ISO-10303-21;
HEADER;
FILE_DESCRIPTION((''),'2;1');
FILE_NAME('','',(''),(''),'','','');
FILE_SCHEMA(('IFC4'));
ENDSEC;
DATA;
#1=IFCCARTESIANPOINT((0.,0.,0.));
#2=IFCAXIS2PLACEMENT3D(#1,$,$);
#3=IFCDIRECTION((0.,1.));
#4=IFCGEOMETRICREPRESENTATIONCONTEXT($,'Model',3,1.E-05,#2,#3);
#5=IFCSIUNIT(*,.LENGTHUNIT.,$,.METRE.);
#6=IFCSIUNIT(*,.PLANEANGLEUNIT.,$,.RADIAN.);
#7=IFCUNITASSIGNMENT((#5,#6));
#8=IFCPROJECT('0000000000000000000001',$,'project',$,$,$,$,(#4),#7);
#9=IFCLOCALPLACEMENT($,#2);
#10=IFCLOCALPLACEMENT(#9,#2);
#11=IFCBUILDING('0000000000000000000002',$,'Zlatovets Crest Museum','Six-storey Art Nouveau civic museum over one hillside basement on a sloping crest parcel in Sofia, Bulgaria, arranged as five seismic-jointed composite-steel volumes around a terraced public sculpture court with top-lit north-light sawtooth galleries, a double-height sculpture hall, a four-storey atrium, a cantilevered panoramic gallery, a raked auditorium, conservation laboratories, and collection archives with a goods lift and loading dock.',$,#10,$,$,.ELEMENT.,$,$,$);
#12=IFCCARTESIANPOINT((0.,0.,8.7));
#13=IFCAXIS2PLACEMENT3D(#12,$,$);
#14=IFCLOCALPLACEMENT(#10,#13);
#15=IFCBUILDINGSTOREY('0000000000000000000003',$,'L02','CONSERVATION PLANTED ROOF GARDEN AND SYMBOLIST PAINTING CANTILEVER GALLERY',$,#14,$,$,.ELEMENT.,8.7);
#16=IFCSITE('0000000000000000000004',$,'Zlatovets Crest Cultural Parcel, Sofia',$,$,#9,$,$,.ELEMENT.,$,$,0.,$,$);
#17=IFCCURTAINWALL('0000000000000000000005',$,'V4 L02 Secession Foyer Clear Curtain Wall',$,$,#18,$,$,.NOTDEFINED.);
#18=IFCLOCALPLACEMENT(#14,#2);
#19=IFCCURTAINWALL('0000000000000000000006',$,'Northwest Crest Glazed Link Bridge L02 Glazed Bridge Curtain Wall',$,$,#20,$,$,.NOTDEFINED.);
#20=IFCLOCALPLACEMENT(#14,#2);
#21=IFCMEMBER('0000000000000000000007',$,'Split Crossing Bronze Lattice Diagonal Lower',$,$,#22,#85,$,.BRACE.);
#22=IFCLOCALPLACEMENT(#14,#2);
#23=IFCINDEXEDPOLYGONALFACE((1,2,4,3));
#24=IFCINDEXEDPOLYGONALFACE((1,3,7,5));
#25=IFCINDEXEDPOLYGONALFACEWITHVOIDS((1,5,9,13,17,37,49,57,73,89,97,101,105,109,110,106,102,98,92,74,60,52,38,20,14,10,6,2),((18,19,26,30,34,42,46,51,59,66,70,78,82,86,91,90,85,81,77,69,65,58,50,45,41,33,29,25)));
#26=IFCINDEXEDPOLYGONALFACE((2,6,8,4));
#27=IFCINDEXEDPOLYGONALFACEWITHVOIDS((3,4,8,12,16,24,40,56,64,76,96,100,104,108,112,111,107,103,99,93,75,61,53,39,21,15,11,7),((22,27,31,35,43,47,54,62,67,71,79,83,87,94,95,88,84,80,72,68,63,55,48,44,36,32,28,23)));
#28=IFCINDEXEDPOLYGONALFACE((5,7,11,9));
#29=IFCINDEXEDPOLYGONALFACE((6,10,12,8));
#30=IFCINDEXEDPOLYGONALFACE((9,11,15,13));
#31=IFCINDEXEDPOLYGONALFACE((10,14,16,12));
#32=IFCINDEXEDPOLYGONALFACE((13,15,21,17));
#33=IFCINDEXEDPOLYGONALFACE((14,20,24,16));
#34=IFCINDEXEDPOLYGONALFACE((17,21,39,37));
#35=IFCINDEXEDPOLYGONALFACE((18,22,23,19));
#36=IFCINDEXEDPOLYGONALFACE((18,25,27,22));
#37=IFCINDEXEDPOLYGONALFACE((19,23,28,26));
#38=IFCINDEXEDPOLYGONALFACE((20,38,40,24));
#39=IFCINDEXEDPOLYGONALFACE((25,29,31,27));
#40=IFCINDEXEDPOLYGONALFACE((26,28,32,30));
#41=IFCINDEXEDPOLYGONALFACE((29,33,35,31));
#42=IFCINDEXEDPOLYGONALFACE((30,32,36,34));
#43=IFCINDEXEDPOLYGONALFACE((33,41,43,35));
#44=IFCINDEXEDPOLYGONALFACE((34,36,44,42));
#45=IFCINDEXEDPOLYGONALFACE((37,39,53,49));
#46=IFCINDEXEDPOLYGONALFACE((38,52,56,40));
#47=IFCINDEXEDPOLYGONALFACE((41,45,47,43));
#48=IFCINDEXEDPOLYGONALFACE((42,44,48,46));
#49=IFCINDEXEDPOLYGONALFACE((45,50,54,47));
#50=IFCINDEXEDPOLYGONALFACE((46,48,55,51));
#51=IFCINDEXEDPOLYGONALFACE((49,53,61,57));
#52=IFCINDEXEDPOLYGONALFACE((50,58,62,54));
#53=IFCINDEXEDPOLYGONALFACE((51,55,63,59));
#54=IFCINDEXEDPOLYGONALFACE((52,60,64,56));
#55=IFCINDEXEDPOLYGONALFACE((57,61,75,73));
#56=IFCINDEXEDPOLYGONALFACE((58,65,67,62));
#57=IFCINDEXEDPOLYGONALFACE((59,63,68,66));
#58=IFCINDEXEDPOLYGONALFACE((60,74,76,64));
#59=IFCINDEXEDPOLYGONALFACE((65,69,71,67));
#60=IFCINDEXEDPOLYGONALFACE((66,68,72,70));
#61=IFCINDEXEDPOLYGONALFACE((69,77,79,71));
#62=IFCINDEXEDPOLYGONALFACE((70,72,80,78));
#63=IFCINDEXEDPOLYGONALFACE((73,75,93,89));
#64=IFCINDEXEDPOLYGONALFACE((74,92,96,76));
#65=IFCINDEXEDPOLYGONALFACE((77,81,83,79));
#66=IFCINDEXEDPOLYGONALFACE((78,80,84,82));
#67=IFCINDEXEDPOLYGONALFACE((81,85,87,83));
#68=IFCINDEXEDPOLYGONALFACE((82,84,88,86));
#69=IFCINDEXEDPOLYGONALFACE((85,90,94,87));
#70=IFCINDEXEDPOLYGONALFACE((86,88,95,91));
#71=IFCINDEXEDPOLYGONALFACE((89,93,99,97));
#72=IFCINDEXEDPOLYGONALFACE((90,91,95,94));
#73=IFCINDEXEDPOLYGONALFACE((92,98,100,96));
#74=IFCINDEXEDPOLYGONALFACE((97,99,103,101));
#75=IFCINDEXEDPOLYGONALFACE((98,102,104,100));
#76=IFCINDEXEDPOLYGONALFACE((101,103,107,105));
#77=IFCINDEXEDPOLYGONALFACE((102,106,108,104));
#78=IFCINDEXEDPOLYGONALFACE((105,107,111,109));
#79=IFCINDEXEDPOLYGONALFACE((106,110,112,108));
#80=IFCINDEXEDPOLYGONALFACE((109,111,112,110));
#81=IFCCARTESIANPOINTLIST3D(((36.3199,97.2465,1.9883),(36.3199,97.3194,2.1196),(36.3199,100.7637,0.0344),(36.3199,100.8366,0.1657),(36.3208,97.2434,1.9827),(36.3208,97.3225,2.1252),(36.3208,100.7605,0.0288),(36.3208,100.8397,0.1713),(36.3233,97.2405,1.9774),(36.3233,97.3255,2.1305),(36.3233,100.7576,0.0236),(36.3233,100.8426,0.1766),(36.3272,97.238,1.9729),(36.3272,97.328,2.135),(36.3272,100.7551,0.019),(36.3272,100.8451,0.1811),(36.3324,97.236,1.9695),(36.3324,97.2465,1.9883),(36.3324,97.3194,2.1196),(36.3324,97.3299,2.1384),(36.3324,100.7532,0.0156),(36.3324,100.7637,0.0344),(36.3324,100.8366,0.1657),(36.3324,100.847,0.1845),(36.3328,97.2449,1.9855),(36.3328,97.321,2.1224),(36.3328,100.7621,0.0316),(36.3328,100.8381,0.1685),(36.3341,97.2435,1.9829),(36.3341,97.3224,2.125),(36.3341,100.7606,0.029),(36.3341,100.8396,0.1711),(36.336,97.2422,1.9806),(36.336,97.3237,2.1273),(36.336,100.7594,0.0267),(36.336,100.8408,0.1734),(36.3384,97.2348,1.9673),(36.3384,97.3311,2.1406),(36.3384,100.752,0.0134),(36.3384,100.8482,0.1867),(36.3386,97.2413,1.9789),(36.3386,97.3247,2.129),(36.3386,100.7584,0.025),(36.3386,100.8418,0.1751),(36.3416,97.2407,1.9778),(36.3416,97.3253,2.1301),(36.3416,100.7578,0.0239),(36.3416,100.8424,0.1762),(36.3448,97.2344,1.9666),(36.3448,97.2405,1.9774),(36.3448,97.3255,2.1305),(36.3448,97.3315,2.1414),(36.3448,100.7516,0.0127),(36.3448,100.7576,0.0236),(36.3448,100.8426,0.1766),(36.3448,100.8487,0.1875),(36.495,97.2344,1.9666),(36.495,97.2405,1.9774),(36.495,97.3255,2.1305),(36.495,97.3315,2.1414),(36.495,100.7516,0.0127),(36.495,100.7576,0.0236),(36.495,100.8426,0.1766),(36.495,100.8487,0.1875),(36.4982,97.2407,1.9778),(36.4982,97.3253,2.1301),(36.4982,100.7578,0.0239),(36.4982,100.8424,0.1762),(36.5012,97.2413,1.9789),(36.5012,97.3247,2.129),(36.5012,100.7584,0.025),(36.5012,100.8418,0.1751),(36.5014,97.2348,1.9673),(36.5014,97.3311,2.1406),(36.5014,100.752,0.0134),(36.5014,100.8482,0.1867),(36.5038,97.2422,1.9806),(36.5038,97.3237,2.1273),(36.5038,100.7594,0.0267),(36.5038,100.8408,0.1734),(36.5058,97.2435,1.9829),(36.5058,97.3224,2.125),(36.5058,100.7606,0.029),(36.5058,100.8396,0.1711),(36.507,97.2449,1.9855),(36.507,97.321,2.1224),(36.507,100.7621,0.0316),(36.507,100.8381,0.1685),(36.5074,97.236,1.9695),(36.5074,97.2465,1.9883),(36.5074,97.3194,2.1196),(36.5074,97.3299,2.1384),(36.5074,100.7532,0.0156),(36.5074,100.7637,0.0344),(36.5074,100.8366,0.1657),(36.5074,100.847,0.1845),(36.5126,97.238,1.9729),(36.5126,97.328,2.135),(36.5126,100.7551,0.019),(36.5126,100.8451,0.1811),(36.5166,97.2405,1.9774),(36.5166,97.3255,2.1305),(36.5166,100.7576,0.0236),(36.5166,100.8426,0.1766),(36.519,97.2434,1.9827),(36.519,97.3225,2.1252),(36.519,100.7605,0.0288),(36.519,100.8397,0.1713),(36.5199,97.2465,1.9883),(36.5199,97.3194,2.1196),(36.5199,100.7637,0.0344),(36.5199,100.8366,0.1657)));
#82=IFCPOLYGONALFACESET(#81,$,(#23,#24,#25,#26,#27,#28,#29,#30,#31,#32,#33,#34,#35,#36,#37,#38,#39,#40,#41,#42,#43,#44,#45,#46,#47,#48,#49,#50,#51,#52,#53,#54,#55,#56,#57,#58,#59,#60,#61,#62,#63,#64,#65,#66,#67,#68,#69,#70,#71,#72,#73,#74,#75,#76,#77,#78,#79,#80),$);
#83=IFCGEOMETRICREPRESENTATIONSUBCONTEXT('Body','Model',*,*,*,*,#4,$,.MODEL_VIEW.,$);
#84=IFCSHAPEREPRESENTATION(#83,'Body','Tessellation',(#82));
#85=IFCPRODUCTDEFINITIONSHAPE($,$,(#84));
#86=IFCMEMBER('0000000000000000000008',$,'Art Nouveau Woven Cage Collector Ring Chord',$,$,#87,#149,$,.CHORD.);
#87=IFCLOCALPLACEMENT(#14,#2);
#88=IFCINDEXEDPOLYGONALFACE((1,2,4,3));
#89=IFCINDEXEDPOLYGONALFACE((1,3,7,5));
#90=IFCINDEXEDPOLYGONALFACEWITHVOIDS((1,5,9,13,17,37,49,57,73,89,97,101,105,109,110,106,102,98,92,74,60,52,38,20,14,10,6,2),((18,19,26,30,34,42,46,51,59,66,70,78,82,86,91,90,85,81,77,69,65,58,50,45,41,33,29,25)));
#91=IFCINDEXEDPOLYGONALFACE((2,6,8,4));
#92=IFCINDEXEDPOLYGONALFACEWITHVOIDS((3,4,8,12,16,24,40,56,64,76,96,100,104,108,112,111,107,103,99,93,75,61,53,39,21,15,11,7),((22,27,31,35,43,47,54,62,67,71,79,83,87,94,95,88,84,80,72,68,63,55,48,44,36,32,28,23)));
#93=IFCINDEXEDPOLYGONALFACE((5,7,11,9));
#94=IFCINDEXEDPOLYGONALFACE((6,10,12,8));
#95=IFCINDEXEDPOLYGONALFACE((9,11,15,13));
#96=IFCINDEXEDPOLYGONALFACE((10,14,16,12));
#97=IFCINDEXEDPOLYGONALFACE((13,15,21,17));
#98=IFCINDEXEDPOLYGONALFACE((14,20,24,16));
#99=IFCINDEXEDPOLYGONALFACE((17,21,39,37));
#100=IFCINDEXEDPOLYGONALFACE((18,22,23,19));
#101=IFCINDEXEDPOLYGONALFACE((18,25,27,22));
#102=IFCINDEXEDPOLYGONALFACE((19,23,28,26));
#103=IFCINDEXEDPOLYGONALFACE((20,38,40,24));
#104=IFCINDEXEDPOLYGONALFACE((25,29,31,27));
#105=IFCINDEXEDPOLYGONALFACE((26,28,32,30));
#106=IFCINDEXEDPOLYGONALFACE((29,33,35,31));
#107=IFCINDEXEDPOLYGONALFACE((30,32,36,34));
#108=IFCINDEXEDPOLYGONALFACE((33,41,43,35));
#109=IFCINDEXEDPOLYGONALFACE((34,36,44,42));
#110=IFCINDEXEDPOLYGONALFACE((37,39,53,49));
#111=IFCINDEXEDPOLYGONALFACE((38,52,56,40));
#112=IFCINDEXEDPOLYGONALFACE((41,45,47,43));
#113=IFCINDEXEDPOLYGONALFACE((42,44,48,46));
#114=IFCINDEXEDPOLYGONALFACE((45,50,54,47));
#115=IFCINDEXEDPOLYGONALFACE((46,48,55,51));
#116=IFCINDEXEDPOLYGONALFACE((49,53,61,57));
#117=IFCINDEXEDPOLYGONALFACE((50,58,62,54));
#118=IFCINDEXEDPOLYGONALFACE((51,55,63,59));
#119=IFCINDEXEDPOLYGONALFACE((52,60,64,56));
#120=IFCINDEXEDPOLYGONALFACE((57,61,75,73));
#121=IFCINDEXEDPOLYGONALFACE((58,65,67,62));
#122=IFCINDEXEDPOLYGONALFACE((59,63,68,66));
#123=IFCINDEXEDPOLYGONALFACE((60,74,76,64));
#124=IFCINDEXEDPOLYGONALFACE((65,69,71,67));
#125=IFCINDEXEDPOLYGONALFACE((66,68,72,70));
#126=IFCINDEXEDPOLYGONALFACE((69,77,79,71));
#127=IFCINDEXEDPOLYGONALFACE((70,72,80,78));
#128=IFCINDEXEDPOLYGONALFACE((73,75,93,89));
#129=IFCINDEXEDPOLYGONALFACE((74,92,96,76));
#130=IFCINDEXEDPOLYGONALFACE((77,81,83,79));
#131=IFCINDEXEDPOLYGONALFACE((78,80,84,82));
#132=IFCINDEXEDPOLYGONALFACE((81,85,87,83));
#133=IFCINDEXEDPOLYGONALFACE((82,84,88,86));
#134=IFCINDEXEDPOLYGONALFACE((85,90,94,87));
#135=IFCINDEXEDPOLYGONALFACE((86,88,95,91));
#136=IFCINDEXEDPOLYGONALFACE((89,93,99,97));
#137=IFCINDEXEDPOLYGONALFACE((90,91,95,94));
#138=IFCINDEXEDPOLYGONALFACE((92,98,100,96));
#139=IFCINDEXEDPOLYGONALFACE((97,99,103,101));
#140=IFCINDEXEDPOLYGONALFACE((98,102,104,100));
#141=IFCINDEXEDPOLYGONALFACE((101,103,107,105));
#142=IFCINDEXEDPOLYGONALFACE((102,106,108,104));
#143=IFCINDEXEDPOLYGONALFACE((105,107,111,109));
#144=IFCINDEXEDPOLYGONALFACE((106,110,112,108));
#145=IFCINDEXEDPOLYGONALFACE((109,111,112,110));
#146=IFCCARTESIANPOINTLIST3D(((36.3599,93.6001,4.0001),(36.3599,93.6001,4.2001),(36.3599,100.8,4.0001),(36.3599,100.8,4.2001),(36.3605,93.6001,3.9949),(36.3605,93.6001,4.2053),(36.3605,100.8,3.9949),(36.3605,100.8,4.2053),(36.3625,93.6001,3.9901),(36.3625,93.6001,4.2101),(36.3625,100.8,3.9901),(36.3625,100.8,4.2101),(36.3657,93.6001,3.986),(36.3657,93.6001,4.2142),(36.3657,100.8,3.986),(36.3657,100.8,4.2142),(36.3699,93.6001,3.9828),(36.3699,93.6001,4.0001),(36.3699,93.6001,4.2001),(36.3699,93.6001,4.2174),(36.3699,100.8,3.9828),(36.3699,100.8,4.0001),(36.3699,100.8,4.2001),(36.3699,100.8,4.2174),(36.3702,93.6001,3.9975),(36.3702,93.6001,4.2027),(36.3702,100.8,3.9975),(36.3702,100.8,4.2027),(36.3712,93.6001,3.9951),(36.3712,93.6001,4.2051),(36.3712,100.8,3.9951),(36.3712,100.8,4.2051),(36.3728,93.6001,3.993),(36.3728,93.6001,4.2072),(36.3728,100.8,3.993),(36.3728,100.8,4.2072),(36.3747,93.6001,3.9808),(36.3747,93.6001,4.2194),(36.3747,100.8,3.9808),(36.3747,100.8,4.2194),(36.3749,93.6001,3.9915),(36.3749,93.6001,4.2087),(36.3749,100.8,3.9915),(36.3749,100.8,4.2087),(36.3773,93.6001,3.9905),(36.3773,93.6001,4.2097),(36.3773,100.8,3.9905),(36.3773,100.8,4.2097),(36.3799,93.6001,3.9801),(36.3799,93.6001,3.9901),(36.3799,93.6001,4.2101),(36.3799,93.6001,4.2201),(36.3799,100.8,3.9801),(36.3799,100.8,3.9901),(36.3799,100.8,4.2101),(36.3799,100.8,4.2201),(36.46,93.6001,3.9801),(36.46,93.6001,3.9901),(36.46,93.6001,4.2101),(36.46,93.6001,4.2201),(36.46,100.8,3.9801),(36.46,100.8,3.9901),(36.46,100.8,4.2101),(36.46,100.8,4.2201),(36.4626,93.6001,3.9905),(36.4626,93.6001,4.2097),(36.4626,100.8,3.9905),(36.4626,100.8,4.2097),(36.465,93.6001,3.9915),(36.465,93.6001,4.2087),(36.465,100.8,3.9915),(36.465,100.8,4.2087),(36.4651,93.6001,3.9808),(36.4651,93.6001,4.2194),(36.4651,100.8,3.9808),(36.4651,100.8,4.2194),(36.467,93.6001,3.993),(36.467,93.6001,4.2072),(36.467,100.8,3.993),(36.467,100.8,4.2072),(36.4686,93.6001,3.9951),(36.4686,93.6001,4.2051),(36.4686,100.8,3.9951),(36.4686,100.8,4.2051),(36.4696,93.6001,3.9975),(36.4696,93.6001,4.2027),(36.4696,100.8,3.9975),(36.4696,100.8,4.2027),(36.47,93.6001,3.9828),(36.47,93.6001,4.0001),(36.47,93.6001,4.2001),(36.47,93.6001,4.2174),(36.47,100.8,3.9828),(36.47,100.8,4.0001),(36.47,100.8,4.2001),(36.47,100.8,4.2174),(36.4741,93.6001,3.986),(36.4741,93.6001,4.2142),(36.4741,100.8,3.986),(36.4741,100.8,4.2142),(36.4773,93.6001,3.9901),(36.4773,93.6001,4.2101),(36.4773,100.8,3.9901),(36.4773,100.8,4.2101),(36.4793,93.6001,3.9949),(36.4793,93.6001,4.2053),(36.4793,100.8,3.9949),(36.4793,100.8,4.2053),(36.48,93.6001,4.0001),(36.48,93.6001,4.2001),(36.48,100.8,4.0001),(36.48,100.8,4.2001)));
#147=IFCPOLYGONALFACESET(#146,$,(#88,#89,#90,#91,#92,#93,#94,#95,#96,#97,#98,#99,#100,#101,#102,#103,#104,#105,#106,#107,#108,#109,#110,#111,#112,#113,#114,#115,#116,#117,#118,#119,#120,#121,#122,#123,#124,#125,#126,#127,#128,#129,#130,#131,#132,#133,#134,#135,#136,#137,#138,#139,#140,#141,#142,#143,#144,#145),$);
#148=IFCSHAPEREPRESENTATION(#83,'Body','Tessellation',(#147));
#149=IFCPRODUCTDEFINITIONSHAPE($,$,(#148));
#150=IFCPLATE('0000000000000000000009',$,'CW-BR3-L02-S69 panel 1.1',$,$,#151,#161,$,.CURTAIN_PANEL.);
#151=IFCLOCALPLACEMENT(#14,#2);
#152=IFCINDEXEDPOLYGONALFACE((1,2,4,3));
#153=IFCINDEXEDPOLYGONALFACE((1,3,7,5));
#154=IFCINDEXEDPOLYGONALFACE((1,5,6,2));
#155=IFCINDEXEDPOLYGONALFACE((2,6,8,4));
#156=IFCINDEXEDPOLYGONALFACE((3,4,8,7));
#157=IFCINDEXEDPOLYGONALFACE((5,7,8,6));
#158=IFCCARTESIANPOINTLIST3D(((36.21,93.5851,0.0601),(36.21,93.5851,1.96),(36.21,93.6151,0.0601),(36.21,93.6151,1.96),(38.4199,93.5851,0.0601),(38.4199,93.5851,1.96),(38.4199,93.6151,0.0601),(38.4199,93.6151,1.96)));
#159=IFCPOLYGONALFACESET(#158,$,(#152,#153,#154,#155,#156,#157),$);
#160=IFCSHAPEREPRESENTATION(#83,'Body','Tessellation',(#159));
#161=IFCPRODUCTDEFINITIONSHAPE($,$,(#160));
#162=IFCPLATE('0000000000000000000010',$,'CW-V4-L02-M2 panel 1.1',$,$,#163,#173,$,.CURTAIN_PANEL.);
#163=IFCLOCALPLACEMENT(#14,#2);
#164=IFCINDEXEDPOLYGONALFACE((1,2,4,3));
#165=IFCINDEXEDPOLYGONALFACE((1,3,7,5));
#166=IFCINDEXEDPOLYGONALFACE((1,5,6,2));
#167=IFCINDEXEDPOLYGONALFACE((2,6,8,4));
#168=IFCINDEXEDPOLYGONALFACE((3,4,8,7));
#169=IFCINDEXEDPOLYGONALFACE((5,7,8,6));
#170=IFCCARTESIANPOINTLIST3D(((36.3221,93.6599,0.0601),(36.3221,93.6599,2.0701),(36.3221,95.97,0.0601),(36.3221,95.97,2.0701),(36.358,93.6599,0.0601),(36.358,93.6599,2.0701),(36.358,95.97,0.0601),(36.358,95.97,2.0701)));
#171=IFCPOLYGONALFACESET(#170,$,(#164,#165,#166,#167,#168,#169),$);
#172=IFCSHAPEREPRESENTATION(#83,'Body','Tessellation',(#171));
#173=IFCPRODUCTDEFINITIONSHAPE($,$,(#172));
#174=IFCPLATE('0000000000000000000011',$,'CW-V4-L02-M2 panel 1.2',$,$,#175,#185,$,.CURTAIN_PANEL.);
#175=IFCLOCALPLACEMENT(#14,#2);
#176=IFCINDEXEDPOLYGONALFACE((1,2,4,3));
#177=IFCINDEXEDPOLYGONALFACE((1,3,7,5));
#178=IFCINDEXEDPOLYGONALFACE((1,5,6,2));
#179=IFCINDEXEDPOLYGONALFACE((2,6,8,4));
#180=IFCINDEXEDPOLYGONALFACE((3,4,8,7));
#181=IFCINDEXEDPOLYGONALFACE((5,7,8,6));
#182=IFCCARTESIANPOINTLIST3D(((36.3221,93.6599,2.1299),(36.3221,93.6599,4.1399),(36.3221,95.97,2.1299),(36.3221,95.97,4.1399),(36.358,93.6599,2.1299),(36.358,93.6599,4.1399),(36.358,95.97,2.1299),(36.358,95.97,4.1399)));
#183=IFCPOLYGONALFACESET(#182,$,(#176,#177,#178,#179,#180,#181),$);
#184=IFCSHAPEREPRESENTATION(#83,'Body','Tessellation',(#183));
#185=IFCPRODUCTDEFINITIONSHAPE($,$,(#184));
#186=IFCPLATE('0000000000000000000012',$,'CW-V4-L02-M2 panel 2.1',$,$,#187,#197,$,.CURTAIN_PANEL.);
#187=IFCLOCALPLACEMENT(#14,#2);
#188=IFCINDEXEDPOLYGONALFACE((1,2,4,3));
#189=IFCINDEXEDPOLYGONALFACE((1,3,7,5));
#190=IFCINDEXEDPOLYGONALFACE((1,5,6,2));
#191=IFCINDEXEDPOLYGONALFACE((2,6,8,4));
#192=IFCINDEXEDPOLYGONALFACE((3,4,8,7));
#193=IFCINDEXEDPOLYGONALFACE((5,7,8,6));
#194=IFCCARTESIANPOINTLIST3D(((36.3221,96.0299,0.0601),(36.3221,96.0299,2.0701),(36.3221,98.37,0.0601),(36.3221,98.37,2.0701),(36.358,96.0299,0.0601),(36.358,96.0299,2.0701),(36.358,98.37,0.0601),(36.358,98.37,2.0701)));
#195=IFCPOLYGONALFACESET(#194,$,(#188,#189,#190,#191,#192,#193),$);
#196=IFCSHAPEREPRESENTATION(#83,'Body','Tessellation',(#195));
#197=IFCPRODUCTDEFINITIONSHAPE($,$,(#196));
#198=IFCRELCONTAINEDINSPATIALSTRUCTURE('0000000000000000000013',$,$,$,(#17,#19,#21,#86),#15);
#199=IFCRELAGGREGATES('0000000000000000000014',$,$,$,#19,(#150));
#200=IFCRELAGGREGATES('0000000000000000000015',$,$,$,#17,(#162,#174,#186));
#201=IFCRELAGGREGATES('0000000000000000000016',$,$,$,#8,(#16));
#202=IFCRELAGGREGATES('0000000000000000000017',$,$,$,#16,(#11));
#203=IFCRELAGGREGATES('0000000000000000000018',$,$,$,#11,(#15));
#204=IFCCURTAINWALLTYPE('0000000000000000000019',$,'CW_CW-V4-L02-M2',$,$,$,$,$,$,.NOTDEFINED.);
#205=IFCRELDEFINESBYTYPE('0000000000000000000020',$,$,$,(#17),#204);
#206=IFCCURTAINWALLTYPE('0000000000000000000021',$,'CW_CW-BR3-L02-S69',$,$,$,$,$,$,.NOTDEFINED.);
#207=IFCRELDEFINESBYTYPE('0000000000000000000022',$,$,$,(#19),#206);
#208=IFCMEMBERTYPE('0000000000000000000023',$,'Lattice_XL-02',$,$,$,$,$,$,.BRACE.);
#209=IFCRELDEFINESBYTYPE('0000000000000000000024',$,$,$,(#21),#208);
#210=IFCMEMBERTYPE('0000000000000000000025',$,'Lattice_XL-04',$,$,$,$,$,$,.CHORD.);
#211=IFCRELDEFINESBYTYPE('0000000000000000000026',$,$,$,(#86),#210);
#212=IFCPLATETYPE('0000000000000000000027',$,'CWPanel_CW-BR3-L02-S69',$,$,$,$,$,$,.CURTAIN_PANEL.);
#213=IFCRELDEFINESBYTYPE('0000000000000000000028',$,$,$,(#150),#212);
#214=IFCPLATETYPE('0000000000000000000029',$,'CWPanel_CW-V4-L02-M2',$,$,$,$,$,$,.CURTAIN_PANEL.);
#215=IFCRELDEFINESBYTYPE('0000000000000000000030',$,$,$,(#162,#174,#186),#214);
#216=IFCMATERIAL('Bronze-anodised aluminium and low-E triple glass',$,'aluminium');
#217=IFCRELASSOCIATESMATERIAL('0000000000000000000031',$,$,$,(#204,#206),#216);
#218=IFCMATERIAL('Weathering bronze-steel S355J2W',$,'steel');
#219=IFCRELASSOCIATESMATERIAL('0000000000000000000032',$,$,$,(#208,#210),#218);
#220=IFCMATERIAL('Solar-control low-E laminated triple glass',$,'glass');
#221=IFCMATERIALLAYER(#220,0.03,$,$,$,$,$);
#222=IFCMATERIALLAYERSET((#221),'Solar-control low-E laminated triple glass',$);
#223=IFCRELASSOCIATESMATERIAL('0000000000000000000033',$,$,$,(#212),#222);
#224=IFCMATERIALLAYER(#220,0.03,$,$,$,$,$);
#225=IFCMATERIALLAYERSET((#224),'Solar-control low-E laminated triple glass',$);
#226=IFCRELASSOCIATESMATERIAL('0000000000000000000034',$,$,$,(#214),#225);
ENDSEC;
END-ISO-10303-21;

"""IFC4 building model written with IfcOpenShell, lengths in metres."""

from ifc_helpers import new_model, si_unit, direction, frame, origin, origin_2d, place, context, subcontext, project, spatial, rectangle, hollow_rectangle, extrude, material, layer, layer_set, material_profile, profile_set, type_object, element, aggregate, save


model = new_model("IFC4")

# Units and contexts
model_context = context("Model", 3, precision=1e-05, world=origin(), true_north=direction((0.0, 1.0)))
body_context = subcontext(model_context, "Body", "Model", "MODEL_VIEW")
ifc_project = project(units=[si_unit("LENGTHUNIT", "METRE"), si_unit("PLANEANGLEUNIT", "RADIAN")], contexts=[model_context])

# Site, building, storey
site_placement = place(None, origin())
site = spatial("IfcSite", under=ifc_project, at=site_placement, Name="Zlatovets Crest Cultural Parcel, Sofia", CompositionType="ELEMENT", RefElevation=0.0)
building_placement = place(site_placement, origin())
building = spatial("IfcBuilding", under=site, at=building_placement, Name="Zlatovets Crest Museum", Description="Six-storey Art Nouveau civic museum over one hillside basement on a sloping crest parcel in Sofia, Bulgaria, arranged as five seismic-jointed composite-steel volumes around a terraced public sculpture court with top-lit north-light sawtooth galleries, a double-height sculpture hall, a four-storey atrium, a cantilevered panoramic gallery, a raked auditorium, conservation laboratories, and collection archives with a goods lift and loading dock.", CompositionType="ELEMENT")
storey_placement = place(building_placement, frame((0.0, 0.0, 8.7)))
storey = spatial("IfcBuildingStorey", under=building, at=storey_placement, Name="L02", Description="CONSERVATION PLANTED ROOF GARDEN AND SYMBOLIST PAINTING CANTILEVER GALLERY", CompositionType="ELEMENT", Elevation=8.7)

# Curtain wall
ifc_material_1 = material(Name="Bronze-anodised aluminium and low-E triple glass", Category="aluminium")
curtain_wall_type_1 = type_object("IfcCurtainWallType", Name="CW_CW-V4-L02-M2", PredefinedType="NOTDEFINED", material=ifc_material_1)
curtain_wall_1_placement = place(storey_placement, origin())
curtain_wall_1 = element("IfcCurtainWall", 1, at=curtain_wall_1_placement, inside=storey, type_object=curtain_wall_type_1, Name="V4 L02 Secession Foyer Clear Curtain Wall", PredefinedType="NOTDEFINED")

# Curtain wall
curtain_wall_type_2 = type_object("IfcCurtainWallType", Name="CW_CW-BR3-L02-S69", PredefinedType="NOTDEFINED", material=ifc_material_1)
curtain_wall_2_placement = place(storey_placement, origin())
curtain_wall_2 = element("IfcCurtainWall", 2, at=curtain_wall_2_placement, inside=storey, type_object=curtain_wall_type_2, Name="Northwest Crest Glazed Link Bridge L02 Glazed Bridge Curtain Wall", PredefinedType="NOTDEFINED")

# Members
ifc_material_2 = material(Name="Weathering bronze-steel S355J2W", Category="steel")
ifc_material_profile_1 = material_profile(ifc_material_2, hollow_rectangle(XDim=0.2, YDim=0.2, WallThickness=0.0125, InnerFilletRadius=0.0125, OuterFilletRadius=0.0249, at=origin_2d()), Name="SHS 200x200x12.5")
ifc_profile_set_1 = profile_set([ifc_material_profile_1], Name="Weathering bronze-steel S355J2W")
member_type_1 = type_object("IfcMemberType", Name="Lattice_XL-02", PredefinedType="BRACE", material=ifc_profile_set_1)
member_1_placement = place(storey_placement, frame((36.4199, 97.283, 2.054), z_axis=(0.0, 0.874166, -0.485627), x_axis=(-1.0, 0.0, 0.0)))
element("IfcMember", 3, at=member_1_placement, inside=storey, type_object=member_type_1, Name="Split Crossing Bronze Lattice Diagonal Lower", PredefinedType="BRACE", context=body_context, shape_type="SweptSolid", body=[
    extrude(hollow_rectangle(XDim=0.2, YDim=0.2, WallThickness=0.0125, InnerFilletRadius=0.0125, OuterFilletRadius=0.0249, at=origin_2d()), origin(), (0.0, 0.0, 1.0), 4.0234),
])
ifc_material_profile_2 = material_profile(ifc_material_2, hollow_rectangle(XDim=0.1201, YDim=0.24, WallThickness=0.01, InnerFilletRadius=0.01, OuterFilletRadius=0.02, at=origin_2d()), Name="RHS 120x240x10.0")
ifc_profile_set_2 = profile_set([ifc_material_profile_2], Name="Weathering bronze-steel S355J2W")
member_type_2 = type_object("IfcMemberType", Name="Lattice_XL-04", PredefinedType="CHORD", material=ifc_profile_set_2)
member_2_placement = place(storey_placement, frame((36.4199, 93.6001, 4.1001), z_axis=(0.0, 1.0, 0.0), x_axis=(-1.0, 0.0, 0.0)))
element("IfcMember", 4, at=member_2_placement, inside=storey, type_object=member_type_2, Name="Art Nouveau Woven Cage Collector Ring Chord", PredefinedType="CHORD", context=body_context, shape_type="SweptSolid", body=[
    extrude(hollow_rectangle(XDim=0.1201, YDim=0.24, WallThickness=0.01, InnerFilletRadius=0.01, OuterFilletRadius=0.02, at=origin_2d()), origin(), (0.0, 0.0, 1.0), 7.2),
])

# Plates
ifc_material_3 = material(Name="Solar-control low-E laminated triple glass", Category="glass")
ifc_layer_1 = layer(ifc_material_3, 0.03)
ifc_layer_set_1 = layer_set([ifc_layer_1], Name="Solar-control low-E laminated triple glass")
plate_type_1 = type_object("IfcPlateType", Name="CWPanel_CW-BR3-L02-S69", PredefinedType="CURTAIN_PANEL", material=ifc_layer_set_1)
plate_1_placement = place(storey_placement, frame((37.3149, 93.6001, 0.0601), z_axis=(0.0, 0.0, 1.0), x_axis=(1.0, 0.0, 0.0)))
plate_1 = element("IfcPlate", 5, at=plate_1_placement, type_object=plate_type_1, Name="CW-BR3-L02-S69 panel 1.1", PredefinedType="CURTAIN_PANEL", context=body_context, shape_type="SweptSolid", body=[
    extrude(rectangle(XDim=2.21, YDim=0.03, at=origin_2d()), origin(), (0.0, 0.0, 1.0), 1.8999),
])
aggregate(curtain_wall_2, [plate_1])
ifc_layer_2 = layer(ifc_material_3, 0.03)
ifc_layer_set_2 = layer_set([ifc_layer_2], Name="Solar-control low-E laminated triple glass")
plate_type_2 = type_object("IfcPlateType", Name="CWPanel_CW-V4-L02-M2", PredefinedType="CURTAIN_PANEL", material=ifc_layer_set_2)
plate_2_placement = place(storey_placement, frame((36.3401, 94.8149, 0.0601), z_axis=(0.0, 0.0, 1.0), x_axis=(0.0, 1.0, 0.0)))
plate_2 = element("IfcPlate", 6, at=plate_2_placement, type_object=plate_type_2, Name="CW-V4-L02-M2 panel 1.1", PredefinedType="CURTAIN_PANEL", context=body_context, shape_type="SweptSolid", body=[
    extrude(rectangle(XDim=2.3101, YDim=0.0359, at=origin_2d()), origin(), (0.0, 0.0, 1.0), 2.01),
])
plate_3_placement = place(storey_placement, frame((36.3401, 94.8149, 2.1299), z_axis=(0.0, 0.0, 1.0), x_axis=(0.0, 1.0, 0.0)))
plate_3 = element("IfcPlate", 7, at=plate_3_placement, type_object=plate_type_2, Name="CW-V4-L02-M2 panel 1.2", PredefinedType="CURTAIN_PANEL", context=body_context, shape_type="SweptSolid", body=[
    extrude(rectangle(XDim=2.3101, YDim=0.0359, at=origin_2d()), origin(), (0.0, 0.0, 1.0), 2.01),
])
plate_4_placement = place(storey_placement, frame((36.3401, 97.2, 0.0601), z_axis=(0.0, 0.0, 1.0), x_axis=(0.0, 1.0, 0.0)))
plate_4 = element("IfcPlate", 8, at=plate_4_placement, type_object=plate_type_2, Name="CW-V4-L02-M2 panel 2.1", PredefinedType="CURTAIN_PANEL", context=body_context, shape_type="SweptSolid", body=[
    extrude(rectangle(XDim=2.3401, YDim=0.0359, at=origin_2d()), origin(), (0.0, 0.0, 1.0), 2.01),
])
aggregate(curtain_wall_1, [plate_2, plate_3, plate_4])

save(model, "model.ifc")
